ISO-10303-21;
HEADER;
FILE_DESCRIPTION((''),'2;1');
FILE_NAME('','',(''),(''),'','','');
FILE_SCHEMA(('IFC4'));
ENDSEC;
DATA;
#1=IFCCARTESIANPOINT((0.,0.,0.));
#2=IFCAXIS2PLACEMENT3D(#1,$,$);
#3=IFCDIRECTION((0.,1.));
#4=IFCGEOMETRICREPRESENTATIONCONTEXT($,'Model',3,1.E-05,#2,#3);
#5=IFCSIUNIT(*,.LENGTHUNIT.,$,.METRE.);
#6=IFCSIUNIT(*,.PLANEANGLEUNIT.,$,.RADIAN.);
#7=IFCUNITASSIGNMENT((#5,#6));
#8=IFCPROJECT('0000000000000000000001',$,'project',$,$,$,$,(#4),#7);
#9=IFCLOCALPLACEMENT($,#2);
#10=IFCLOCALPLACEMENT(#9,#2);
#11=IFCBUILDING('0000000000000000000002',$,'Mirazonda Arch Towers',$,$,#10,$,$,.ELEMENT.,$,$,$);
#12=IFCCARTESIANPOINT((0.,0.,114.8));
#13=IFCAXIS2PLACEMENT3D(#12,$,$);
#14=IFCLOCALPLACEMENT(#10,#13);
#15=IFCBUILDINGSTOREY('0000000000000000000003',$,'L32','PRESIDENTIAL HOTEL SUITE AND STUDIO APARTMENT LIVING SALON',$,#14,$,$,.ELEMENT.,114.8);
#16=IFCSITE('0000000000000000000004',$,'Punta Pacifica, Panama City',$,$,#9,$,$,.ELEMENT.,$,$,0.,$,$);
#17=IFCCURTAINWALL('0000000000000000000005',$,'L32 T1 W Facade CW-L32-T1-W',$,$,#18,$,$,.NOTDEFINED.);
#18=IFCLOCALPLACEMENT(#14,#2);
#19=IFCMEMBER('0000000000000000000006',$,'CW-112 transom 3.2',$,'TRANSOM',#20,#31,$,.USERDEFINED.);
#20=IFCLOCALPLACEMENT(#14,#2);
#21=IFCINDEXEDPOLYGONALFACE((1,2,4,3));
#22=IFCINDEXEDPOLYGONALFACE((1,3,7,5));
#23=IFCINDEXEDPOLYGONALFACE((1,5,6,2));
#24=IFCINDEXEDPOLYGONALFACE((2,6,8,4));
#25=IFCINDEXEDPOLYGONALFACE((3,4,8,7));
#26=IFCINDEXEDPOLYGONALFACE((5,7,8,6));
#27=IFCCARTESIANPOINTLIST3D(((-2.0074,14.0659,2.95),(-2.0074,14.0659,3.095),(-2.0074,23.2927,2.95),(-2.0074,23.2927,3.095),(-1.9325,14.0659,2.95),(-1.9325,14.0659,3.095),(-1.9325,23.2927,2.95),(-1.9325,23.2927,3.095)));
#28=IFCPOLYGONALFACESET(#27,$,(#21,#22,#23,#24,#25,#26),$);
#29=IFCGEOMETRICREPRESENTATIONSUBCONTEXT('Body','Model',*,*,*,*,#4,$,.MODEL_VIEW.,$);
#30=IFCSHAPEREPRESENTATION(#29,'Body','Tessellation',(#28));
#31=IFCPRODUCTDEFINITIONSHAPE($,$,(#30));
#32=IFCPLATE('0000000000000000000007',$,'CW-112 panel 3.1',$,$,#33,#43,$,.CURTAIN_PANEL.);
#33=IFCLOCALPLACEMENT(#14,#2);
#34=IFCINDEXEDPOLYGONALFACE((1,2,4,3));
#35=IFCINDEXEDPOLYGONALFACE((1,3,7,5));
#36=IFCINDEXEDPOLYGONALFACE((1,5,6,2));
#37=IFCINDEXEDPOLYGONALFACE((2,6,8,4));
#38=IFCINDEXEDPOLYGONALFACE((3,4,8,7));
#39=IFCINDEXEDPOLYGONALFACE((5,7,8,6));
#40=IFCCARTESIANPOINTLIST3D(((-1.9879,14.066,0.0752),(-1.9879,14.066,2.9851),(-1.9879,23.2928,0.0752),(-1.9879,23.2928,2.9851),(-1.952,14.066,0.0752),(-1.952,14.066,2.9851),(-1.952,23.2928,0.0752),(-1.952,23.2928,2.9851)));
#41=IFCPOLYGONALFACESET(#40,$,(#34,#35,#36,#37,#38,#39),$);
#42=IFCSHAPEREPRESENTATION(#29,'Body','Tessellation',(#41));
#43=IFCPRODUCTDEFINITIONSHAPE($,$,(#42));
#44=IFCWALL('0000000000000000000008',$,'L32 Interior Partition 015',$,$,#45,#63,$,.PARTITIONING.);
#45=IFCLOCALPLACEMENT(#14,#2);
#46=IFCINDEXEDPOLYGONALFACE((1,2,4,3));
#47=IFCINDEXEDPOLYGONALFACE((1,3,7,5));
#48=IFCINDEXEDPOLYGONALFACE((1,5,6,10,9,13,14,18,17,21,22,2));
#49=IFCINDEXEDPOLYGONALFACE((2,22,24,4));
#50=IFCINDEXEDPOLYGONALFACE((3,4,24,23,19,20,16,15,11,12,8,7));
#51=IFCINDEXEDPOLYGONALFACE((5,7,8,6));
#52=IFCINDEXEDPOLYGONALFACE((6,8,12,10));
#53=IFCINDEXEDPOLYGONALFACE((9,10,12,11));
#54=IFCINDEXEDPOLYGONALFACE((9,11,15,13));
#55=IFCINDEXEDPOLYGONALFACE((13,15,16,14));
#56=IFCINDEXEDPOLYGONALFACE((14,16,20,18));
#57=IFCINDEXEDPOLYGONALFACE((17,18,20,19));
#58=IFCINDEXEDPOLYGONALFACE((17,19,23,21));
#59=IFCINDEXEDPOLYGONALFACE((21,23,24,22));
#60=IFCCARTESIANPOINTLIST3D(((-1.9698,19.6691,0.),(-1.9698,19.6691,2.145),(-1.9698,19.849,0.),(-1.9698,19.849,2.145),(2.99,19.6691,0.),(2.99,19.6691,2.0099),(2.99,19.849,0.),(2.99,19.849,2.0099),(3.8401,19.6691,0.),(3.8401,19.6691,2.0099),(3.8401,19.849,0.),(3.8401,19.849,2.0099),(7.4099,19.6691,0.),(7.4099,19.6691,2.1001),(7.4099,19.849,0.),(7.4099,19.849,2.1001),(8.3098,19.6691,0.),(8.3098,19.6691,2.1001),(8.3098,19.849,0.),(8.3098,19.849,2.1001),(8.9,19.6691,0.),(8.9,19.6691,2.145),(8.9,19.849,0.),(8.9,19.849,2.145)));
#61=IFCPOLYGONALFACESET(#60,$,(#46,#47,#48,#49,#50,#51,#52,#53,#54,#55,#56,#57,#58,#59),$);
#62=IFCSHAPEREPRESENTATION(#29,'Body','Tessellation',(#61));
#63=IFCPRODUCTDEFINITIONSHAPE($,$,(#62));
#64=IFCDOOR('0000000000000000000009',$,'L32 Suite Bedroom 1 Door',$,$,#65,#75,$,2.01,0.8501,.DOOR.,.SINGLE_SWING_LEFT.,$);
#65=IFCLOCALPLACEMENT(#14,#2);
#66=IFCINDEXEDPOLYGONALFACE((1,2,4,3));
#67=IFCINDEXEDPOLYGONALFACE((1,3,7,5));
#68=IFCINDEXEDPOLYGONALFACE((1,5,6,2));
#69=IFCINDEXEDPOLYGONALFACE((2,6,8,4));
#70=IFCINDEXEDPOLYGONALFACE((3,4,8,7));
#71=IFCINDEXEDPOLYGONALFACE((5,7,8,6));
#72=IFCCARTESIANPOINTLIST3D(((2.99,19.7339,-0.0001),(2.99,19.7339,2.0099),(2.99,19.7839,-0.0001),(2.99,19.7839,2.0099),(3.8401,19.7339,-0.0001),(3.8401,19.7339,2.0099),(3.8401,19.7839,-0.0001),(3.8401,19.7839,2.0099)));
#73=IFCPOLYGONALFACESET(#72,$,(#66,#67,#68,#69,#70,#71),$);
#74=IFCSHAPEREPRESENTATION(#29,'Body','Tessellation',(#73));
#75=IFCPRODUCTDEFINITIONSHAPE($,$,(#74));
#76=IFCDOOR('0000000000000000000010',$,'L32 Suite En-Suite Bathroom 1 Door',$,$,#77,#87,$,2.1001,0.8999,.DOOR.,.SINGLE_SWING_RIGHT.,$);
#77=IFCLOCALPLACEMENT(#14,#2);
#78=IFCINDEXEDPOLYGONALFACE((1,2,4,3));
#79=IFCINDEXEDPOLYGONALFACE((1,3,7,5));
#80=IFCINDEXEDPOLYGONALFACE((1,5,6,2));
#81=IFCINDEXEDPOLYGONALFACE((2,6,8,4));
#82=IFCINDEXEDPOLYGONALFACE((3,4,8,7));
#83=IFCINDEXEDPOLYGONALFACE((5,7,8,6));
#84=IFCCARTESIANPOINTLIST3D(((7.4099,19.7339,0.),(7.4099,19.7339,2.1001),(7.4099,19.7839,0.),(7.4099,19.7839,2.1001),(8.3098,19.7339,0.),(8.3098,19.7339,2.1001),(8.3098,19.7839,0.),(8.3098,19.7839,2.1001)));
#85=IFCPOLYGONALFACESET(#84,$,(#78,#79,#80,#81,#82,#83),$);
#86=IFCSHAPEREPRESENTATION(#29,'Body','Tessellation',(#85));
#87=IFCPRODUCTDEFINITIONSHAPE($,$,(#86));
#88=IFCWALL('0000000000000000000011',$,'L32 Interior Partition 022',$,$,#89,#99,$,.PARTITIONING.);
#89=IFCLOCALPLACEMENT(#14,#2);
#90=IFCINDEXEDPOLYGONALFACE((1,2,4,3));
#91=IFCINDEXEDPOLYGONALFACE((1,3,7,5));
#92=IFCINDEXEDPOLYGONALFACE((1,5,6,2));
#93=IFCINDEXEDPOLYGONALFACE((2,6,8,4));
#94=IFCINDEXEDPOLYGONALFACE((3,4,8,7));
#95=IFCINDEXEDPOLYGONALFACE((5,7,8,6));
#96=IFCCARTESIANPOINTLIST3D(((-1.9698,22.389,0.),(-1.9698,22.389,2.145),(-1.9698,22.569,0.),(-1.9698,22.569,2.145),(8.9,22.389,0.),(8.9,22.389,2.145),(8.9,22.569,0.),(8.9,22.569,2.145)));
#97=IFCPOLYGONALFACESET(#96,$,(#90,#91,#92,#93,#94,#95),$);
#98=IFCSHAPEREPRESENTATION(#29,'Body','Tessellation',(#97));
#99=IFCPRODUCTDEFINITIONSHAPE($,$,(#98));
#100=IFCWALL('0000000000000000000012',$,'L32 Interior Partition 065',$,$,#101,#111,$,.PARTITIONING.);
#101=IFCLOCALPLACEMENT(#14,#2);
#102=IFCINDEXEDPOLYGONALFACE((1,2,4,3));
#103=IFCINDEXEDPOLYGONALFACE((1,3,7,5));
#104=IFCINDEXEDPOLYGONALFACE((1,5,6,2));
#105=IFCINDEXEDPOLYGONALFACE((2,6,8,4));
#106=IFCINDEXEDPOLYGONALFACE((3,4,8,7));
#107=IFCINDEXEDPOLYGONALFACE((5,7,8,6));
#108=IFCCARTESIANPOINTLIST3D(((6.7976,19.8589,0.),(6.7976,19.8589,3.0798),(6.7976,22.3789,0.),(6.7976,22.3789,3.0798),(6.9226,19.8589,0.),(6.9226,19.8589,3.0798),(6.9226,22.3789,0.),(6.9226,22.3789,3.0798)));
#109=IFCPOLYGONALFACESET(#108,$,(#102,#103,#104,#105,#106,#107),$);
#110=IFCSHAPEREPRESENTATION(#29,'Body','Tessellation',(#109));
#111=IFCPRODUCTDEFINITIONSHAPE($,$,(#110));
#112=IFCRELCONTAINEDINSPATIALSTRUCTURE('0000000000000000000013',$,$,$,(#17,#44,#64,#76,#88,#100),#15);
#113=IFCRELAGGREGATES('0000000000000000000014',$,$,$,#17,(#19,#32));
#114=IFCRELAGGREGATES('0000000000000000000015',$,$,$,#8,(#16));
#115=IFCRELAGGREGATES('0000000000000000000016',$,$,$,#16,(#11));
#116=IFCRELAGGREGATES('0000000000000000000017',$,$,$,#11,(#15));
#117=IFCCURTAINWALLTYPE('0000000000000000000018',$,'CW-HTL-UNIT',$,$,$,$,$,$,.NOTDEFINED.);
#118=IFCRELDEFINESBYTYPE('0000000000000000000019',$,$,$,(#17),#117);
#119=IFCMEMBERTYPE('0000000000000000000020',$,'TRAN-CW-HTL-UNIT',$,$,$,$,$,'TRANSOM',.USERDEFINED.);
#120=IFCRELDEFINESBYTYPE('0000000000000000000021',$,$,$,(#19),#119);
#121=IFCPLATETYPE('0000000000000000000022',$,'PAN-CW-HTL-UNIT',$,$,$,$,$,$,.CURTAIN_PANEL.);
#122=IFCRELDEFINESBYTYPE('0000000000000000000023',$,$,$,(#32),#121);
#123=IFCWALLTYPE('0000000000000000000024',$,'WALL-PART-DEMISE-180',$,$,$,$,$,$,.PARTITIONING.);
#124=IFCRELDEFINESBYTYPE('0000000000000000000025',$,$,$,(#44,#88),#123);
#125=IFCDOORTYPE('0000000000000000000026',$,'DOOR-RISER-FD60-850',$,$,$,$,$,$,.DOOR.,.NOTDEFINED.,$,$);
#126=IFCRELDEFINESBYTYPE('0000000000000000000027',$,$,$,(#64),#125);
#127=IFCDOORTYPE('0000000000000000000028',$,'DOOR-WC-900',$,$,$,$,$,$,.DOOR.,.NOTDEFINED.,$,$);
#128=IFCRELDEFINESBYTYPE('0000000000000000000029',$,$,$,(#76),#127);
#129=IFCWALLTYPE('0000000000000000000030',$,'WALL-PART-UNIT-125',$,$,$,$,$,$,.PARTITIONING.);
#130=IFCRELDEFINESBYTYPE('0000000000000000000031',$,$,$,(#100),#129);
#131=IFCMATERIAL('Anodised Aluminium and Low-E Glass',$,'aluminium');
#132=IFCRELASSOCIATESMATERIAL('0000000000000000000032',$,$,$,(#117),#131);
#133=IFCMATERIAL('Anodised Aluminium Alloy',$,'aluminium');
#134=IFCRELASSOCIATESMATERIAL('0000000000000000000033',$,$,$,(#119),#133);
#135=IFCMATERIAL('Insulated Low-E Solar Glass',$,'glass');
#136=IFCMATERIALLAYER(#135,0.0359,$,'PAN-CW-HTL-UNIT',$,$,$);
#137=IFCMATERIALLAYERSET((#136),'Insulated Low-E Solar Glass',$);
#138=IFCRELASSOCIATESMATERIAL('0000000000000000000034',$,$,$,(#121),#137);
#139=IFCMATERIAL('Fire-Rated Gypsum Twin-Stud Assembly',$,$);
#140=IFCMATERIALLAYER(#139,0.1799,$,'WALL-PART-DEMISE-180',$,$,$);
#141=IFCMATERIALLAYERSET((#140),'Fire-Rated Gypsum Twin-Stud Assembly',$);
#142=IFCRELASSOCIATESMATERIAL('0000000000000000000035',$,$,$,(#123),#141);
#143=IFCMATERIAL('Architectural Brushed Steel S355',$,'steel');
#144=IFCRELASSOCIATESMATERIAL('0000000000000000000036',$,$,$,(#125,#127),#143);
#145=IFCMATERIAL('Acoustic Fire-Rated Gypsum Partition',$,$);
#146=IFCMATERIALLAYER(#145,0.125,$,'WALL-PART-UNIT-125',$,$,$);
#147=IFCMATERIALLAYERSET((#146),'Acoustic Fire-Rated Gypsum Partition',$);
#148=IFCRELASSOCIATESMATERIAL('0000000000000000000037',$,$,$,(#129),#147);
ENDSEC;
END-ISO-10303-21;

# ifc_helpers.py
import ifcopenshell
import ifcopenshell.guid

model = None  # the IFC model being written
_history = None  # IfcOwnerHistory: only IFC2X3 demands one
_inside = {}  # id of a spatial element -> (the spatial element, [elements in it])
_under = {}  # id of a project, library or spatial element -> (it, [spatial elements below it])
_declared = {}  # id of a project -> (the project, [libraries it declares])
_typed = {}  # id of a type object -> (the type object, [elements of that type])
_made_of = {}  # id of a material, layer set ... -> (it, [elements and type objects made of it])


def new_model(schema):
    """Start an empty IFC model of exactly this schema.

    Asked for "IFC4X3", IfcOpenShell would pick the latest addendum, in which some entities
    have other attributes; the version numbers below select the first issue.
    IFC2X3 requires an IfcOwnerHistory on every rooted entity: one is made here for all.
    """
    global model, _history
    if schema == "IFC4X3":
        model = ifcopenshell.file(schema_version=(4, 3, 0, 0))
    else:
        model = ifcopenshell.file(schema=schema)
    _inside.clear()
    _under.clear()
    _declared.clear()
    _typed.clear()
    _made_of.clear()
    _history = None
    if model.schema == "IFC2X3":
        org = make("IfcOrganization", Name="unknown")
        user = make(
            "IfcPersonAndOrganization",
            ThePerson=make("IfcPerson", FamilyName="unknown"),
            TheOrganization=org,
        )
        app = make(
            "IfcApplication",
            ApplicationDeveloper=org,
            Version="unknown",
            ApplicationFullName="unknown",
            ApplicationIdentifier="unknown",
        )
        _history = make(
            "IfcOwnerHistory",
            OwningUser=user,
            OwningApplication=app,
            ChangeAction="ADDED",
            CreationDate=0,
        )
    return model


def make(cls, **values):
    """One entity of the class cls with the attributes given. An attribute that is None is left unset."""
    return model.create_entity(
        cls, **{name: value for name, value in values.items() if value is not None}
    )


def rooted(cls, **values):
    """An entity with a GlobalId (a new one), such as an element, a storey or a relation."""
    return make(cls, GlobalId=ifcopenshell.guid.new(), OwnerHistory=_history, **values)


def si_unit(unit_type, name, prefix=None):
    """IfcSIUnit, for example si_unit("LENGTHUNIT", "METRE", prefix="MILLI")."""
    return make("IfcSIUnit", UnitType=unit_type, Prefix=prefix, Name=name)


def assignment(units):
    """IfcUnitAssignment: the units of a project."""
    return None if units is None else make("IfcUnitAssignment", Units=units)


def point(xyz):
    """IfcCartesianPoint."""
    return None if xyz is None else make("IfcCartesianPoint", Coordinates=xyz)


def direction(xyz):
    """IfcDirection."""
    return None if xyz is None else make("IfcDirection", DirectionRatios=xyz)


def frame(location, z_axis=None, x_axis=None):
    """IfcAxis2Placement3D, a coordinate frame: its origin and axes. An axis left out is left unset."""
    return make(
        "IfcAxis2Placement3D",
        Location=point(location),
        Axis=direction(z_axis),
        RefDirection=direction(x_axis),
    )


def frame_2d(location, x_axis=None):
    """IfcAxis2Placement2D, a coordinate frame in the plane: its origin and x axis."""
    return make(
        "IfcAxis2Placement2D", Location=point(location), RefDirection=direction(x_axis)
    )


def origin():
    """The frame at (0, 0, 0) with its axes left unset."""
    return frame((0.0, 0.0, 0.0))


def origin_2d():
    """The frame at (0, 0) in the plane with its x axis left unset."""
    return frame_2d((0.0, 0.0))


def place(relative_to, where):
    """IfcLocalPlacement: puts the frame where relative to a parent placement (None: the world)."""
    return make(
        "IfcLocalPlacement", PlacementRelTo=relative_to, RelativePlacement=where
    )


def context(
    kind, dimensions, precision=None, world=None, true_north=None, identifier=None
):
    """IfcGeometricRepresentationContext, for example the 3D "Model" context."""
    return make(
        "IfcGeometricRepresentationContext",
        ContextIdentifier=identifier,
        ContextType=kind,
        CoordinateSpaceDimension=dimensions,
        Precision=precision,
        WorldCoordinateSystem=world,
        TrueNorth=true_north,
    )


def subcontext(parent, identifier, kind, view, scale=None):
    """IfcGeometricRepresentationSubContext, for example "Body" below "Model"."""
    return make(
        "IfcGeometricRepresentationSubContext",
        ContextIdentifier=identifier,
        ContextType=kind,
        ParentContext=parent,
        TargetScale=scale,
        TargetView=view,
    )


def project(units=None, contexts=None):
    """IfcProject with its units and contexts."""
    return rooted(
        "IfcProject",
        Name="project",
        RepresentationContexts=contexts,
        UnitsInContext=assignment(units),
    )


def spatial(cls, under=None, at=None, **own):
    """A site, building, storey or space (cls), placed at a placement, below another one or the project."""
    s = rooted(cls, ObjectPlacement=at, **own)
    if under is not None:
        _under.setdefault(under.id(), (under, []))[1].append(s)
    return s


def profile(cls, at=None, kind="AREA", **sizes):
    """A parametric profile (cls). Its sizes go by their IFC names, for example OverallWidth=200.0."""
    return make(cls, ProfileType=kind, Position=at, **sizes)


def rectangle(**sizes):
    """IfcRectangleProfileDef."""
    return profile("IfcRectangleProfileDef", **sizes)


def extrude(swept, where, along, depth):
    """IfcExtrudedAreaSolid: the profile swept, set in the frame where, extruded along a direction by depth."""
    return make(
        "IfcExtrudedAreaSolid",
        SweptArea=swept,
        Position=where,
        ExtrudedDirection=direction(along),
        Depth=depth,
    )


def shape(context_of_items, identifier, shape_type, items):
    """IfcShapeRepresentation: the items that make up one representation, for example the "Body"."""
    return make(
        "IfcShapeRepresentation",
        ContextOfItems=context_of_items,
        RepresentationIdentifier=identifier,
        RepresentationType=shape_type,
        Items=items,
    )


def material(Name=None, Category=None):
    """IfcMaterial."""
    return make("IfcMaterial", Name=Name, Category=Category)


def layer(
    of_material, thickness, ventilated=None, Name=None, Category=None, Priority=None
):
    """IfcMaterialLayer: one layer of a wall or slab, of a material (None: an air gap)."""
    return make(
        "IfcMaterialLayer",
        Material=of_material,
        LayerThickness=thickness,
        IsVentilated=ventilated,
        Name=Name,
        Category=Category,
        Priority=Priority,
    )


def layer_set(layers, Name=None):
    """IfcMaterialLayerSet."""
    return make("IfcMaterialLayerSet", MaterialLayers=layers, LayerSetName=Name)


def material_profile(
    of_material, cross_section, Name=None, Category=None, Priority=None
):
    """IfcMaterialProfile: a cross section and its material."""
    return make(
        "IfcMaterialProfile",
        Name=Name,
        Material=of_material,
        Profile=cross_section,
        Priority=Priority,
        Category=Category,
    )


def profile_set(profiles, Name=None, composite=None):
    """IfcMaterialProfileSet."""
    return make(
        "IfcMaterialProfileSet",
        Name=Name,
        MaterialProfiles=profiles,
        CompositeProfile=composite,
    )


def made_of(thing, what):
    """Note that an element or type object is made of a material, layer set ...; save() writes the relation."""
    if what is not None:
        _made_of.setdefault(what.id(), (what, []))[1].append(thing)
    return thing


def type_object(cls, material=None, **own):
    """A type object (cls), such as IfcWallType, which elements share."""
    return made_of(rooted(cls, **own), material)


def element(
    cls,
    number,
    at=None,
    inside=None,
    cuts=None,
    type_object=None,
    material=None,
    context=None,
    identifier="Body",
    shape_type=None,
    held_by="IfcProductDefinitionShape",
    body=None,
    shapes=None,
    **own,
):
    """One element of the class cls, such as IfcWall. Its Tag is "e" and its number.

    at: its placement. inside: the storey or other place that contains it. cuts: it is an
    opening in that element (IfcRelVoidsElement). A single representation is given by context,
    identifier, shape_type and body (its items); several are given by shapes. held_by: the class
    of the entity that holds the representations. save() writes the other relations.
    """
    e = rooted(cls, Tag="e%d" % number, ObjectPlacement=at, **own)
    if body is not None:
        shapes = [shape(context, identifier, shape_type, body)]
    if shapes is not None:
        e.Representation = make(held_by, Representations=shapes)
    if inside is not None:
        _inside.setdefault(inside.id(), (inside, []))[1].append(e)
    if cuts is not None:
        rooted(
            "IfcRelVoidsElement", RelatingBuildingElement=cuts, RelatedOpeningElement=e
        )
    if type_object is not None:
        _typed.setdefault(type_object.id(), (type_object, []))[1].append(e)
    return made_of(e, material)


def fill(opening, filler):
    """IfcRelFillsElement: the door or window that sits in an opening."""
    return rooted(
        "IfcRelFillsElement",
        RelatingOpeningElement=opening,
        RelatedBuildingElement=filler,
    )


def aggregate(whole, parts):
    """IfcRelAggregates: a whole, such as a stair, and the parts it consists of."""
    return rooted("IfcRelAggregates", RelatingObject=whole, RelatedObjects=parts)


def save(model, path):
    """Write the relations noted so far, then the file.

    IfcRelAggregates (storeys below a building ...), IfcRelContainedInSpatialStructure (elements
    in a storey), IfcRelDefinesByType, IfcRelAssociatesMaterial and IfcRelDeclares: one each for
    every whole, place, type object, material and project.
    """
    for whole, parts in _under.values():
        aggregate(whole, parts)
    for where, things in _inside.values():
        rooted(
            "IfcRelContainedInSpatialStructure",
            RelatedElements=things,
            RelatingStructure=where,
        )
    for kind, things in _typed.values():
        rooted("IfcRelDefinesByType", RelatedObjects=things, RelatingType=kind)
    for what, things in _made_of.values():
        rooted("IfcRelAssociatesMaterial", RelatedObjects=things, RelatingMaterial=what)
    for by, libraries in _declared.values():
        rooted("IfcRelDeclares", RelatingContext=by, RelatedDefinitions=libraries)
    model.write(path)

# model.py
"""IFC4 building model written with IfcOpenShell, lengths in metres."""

from ifc_helpers import new_model, si_unit, direction, frame, frame_2d, origin, origin_2d, place, context, subcontext, project, spatial, rectangle, extrude, material, layer, layer_set, material_profile, profile_set, type_object, element, fill, aggregate, save


model = new_model("IFC4")

# Units and contexts
model_context = context("Model", 3, precision=1e-05, world=origin(), true_north=direction((0.0, 1.0)))
body_context = subcontext(model_context, "Body", "Model", "MODEL_VIEW")
ifc_project = project(units=[si_unit("LENGTHUNIT", "METRE"), si_unit("PLANEANGLEUNIT", "RADIAN")], contexts=[model_context])

# Site, building, storey
site_placement = place(None, origin())
site = spatial("IfcSite", under=ifc_project, at=site_placement, Name="Punta Pacifica, Panama City", CompositionType="ELEMENT", RefElevation=0.0)
building_placement = place(site_placement, origin())
building = spatial("IfcBuilding", under=site, at=building_placement, Name="Mirazonda Arch Towers", CompositionType="ELEMENT")
storey_placement = place(building_placement, frame((0.0, 0.0, 114.8)))
storey = spatial("IfcBuildingStorey", under=building, at=storey_placement, Name="L32", Description="PRESIDENTIAL HOTEL SUITE AND STUDIO APARTMENT LIVING SALON", CompositionType="ELEMENT", Elevation=114.8)

# Curtain wall, member, plate
ifc_material_1 = material(Name="Anodised Aluminium and Low-E Glass", Category="aluminium")
curtain_wall_type = type_object("IfcCurtainWallType", Name="CW-HTL-UNIT", PredefinedType="NOTDEFINED", material=ifc_material_1)
curtain_wall_placement = place(storey_placement, origin())
curtain_wall = element("IfcCurtainWall", 1, at=curtain_wall_placement, inside=storey, type_object=curtain_wall_type, Name="L32 T1 W Facade CW-L32-T1-W", PredefinedType="NOTDEFINED")
ifc_material_2 = material(Name="Anodised Aluminium Alloy", Category="aluminium")
ifc_material_profile_1 = material_profile(ifc_material_2, rectangle(XDim=0.075, YDim=0.145, at=origin_2d()), Name="ALU-TRAN-75x145")
ifc_profile_set_1 = profile_set([ifc_material_profile_1], Name="Anodised Aluminium Alloy")
member_type_1 = type_object("IfcMemberType", Name="TRAN-CW-HTL-UNIT", ElementType="TRANSOM", PredefinedType="USERDEFINED", material=ifc_profile_set_1)
member_1_placement = place(storey_placement, frame((-1.97, 23.2927, 3.0225), z_axis=(0.0, -1.0, 0.0), x_axis=(1.0, 0.0, 0.0)))
member_1 = element("IfcMember", 2, at=member_1_placement, type_object=member_type_1, Name="CW-112 transom 3.2", ObjectType="TRANSOM", PredefinedType="USERDEFINED", context=body_context, shape_type="SweptSolid", body=[
    extrude(rectangle(XDim=0.075, YDim=0.145, at=origin_2d()), origin(), (0.0, 0.0, 1.0), 9.2268),
])
ifc_material_3 = material(Name="Insulated Low-E Solar Glass", Category="glass")
ifc_layer_1 = layer(ifc_material_3, 0.0359, Name="PAN-CW-HTL-UNIT")
ifc_layer_set_1 = layer_set([ifc_layer_1], Name="Insulated Low-E Solar Glass")
plate_type = type_object("IfcPlateType", Name="PAN-CW-HTL-UNIT", PredefinedType="CURTAIN_PANEL", material=ifc_layer_set_1)
plate_placement = place(storey_placement, frame((-1.97, 18.6794, 0.0752), z_axis=(0.0, 0.0, 1.0), x_axis=(0.0, -1.0, 0.0)))
plate = element("IfcPlate", 3, at=plate_placement, type_object=plate_type, Name="CW-112 panel 3.1", PredefinedType="CURTAIN_PANEL", context=body_context, shape_type="SweptSolid", body=[
    extrude(rectangle(XDim=9.2268, YDim=0.0359, at=origin_2d()), origin(), (0.0, 0.0, 1.0), 2.9099),
])
aggregate(curtain_wall, [member_1, plate])

# Wall, openings, doors
ifc_material_4 = material(Name="Fire-Rated Gypsum Twin-Stud Assembly")
ifc_layer_2 = layer(ifc_material_4, 0.1799, Name="WALL-PART-DEMISE-180")
ifc_layer_set_2 = layer_set([ifc_layer_2], Name="Fire-Rated Gypsum Twin-Stud Assembly")
wall_type_1 = type_object("IfcWallType", Name="WALL-PART-DEMISE-180", PredefinedType="PARTITIONING", material=ifc_layer_set_2)
wall_1_placement = place(storey_placement, frame((-1.97, 19.759, 0.0), z_axis=(0.0, 0.0, 1.0), x_axis=(1.0, 0.0, 0.0)))
wall_1 = element("IfcWall", 4, at=wall_1_placement, inside=storey, type_object=wall_type_1, Name="L32 Interior Partition 015", PredefinedType="PARTITIONING", context=body_context, shape_type="SweptSolid", body=[
    extrude(rectangle(XDim=10.8699, YDim=0.1799, at=frame_2d((5.4351, 0.0))), origin(), (0.0, 0.0, 1.0), 2.145),
])
opening_1_placement = place(wall_1_placement, frame((4.96, 0.0, 0.0)))
opening_1 = element("IfcOpeningElement", 5, at=opening_1_placement, cuts=wall_1, PredefinedType="OPENING", context=body_context, shape_type="SweptSolid", body=[
    extrude(rectangle(XDim=0.8501, YDim=2.01, at=frame_2d((0.425, 1.0049))), frame((0.0, 0.0999, 0.0), z_axis=(0.0, -1.0, 0.0), x_axis=(1.0, 0.0, 0.0)), (0.0, 0.0, 1.0), 0.2),
])
opening_2_placement = place(wall_1_placement, frame((9.3799, 0.0, 0.0)))
opening_2 = element("IfcOpeningElement", 6, at=opening_2_placement, cuts=wall_1, PredefinedType="OPENING", context=body_context, shape_type="SweptSolid", body=[
    extrude(rectangle(XDim=0.8999, YDim=2.1001, at=frame_2d((0.45, 1.05))), frame((0.0, 0.0999, 0.0), z_axis=(0.0, -1.0, 0.0), x_axis=(1.0, 0.0, 0.0)), (0.0, 0.0, 1.0), 0.2),
])
ifc_material_5 = material(Name="Architectural Brushed Steel S355", Category="steel")
door_type_1 = type_object("IfcDoorType", Name="DOOR-RISER-FD60-850", OperationType="NOTDEFINED", PredefinedType="DOOR", material=ifc_material_5)
door_1_placement = place(opening_1_placement, origin())
door_1 = element("IfcDoor", 7, at=door_1_placement, inside=storey, type_object=door_type_1, Name="L32 Suite Bedroom 1 Door", OperationType="SINGLE_SWING_LEFT", OverallHeight=2.01, OverallWidth=0.8501, PredefinedType="DOOR", context=body_context, shape_type="SweptSolid", body=[
    extrude(rectangle(XDim=0.8501, YDim=2.01, at=frame_2d((0.425, 1.0049))), frame((0.0, 0.0249, 0.0), z_axis=(0.0, -1.0, 0.0), x_axis=(1.0, 0.0, 0.0)), (0.0, 0.0, 1.0), 0.05),
])
fill(opening_1, door_1)
door_type_2 = type_object("IfcDoorType", Name="DOOR-WC-900", OperationType="NOTDEFINED", PredefinedType="DOOR", material=ifc_material_5)
door_2_placement = place(opening_2_placement, origin())
door_2 = element("IfcDoor", 8, at=door_2_placement, inside=storey, type_object=door_type_2, Name="L32 Suite En-Suite Bathroom 1 Door", OperationType="SINGLE_SWING_RIGHT", OverallHeight=2.1001, OverallWidth=0.8999, PredefinedType="DOOR", context=body_context, shape_type="SweptSolid", body=[
    extrude(rectangle(XDim=0.8999, YDim=2.1001, at=frame_2d((0.45, 1.05))), frame((0.0, 0.0249, 0.0), z_axis=(0.0, -1.0, 0.0), x_axis=(1.0, 0.0, 0.0)), (0.0, 0.0, 1.0), 0.05),
])
fill(opening_2, door_2)

# Walls
wall_2_placement = place(storey_placement, frame((-1.97, 22.479, 0.0), z_axis=(0.0, 0.0, 1.0), x_axis=(1.0, 0.0, 0.0)))
element("IfcWall", 9, at=wall_2_placement, inside=storey, type_object=wall_type_1, Name="L32 Interior Partition 022", PredefinedType="PARTITIONING", context=body_context, shape_type="SweptSolid", body=[
    extrude(rectangle(XDim=10.8699, YDim=0.1799, at=frame_2d((5.4351, 0.0))), origin(), (0.0, 0.0, 1.0), 2.145),
])
ifc_material_6 = material(Name="Acoustic Fire-Rated Gypsum Partition")
ifc_layer_3 = layer(ifc_material_6, 0.125, Name="WALL-PART-UNIT-125")
ifc_layer_set_3 = layer_set([ifc_layer_3], Name="Acoustic Fire-Rated Gypsum Partition")
wall_type_2 = type_object("IfcWallType", Name="WALL-PART-UNIT-125", PredefinedType="PARTITIONING", material=ifc_layer_set_3)
wall_3_placement = place(storey_placement, frame((6.8601, 19.8589, 0.0), z_axis=(0.0, 0.0, 1.0), x_axis=(0.0, 1.0, 0.0)))
element("IfcWall", 10, at=wall_3_placement, inside=storey, type_object=wall_type_2, Name="L32 Interior Partition 065", PredefinedType="PARTITIONING", context=body_context, shape_type="SweptSolid", body=[
    extrude(rectangle(XDim=2.52, YDim=0.125, at=frame_2d((1.26, 0.0))), origin(), (0.0, 0.0, 1.0), 3.0798),
])

save(model, "model.ifc")
